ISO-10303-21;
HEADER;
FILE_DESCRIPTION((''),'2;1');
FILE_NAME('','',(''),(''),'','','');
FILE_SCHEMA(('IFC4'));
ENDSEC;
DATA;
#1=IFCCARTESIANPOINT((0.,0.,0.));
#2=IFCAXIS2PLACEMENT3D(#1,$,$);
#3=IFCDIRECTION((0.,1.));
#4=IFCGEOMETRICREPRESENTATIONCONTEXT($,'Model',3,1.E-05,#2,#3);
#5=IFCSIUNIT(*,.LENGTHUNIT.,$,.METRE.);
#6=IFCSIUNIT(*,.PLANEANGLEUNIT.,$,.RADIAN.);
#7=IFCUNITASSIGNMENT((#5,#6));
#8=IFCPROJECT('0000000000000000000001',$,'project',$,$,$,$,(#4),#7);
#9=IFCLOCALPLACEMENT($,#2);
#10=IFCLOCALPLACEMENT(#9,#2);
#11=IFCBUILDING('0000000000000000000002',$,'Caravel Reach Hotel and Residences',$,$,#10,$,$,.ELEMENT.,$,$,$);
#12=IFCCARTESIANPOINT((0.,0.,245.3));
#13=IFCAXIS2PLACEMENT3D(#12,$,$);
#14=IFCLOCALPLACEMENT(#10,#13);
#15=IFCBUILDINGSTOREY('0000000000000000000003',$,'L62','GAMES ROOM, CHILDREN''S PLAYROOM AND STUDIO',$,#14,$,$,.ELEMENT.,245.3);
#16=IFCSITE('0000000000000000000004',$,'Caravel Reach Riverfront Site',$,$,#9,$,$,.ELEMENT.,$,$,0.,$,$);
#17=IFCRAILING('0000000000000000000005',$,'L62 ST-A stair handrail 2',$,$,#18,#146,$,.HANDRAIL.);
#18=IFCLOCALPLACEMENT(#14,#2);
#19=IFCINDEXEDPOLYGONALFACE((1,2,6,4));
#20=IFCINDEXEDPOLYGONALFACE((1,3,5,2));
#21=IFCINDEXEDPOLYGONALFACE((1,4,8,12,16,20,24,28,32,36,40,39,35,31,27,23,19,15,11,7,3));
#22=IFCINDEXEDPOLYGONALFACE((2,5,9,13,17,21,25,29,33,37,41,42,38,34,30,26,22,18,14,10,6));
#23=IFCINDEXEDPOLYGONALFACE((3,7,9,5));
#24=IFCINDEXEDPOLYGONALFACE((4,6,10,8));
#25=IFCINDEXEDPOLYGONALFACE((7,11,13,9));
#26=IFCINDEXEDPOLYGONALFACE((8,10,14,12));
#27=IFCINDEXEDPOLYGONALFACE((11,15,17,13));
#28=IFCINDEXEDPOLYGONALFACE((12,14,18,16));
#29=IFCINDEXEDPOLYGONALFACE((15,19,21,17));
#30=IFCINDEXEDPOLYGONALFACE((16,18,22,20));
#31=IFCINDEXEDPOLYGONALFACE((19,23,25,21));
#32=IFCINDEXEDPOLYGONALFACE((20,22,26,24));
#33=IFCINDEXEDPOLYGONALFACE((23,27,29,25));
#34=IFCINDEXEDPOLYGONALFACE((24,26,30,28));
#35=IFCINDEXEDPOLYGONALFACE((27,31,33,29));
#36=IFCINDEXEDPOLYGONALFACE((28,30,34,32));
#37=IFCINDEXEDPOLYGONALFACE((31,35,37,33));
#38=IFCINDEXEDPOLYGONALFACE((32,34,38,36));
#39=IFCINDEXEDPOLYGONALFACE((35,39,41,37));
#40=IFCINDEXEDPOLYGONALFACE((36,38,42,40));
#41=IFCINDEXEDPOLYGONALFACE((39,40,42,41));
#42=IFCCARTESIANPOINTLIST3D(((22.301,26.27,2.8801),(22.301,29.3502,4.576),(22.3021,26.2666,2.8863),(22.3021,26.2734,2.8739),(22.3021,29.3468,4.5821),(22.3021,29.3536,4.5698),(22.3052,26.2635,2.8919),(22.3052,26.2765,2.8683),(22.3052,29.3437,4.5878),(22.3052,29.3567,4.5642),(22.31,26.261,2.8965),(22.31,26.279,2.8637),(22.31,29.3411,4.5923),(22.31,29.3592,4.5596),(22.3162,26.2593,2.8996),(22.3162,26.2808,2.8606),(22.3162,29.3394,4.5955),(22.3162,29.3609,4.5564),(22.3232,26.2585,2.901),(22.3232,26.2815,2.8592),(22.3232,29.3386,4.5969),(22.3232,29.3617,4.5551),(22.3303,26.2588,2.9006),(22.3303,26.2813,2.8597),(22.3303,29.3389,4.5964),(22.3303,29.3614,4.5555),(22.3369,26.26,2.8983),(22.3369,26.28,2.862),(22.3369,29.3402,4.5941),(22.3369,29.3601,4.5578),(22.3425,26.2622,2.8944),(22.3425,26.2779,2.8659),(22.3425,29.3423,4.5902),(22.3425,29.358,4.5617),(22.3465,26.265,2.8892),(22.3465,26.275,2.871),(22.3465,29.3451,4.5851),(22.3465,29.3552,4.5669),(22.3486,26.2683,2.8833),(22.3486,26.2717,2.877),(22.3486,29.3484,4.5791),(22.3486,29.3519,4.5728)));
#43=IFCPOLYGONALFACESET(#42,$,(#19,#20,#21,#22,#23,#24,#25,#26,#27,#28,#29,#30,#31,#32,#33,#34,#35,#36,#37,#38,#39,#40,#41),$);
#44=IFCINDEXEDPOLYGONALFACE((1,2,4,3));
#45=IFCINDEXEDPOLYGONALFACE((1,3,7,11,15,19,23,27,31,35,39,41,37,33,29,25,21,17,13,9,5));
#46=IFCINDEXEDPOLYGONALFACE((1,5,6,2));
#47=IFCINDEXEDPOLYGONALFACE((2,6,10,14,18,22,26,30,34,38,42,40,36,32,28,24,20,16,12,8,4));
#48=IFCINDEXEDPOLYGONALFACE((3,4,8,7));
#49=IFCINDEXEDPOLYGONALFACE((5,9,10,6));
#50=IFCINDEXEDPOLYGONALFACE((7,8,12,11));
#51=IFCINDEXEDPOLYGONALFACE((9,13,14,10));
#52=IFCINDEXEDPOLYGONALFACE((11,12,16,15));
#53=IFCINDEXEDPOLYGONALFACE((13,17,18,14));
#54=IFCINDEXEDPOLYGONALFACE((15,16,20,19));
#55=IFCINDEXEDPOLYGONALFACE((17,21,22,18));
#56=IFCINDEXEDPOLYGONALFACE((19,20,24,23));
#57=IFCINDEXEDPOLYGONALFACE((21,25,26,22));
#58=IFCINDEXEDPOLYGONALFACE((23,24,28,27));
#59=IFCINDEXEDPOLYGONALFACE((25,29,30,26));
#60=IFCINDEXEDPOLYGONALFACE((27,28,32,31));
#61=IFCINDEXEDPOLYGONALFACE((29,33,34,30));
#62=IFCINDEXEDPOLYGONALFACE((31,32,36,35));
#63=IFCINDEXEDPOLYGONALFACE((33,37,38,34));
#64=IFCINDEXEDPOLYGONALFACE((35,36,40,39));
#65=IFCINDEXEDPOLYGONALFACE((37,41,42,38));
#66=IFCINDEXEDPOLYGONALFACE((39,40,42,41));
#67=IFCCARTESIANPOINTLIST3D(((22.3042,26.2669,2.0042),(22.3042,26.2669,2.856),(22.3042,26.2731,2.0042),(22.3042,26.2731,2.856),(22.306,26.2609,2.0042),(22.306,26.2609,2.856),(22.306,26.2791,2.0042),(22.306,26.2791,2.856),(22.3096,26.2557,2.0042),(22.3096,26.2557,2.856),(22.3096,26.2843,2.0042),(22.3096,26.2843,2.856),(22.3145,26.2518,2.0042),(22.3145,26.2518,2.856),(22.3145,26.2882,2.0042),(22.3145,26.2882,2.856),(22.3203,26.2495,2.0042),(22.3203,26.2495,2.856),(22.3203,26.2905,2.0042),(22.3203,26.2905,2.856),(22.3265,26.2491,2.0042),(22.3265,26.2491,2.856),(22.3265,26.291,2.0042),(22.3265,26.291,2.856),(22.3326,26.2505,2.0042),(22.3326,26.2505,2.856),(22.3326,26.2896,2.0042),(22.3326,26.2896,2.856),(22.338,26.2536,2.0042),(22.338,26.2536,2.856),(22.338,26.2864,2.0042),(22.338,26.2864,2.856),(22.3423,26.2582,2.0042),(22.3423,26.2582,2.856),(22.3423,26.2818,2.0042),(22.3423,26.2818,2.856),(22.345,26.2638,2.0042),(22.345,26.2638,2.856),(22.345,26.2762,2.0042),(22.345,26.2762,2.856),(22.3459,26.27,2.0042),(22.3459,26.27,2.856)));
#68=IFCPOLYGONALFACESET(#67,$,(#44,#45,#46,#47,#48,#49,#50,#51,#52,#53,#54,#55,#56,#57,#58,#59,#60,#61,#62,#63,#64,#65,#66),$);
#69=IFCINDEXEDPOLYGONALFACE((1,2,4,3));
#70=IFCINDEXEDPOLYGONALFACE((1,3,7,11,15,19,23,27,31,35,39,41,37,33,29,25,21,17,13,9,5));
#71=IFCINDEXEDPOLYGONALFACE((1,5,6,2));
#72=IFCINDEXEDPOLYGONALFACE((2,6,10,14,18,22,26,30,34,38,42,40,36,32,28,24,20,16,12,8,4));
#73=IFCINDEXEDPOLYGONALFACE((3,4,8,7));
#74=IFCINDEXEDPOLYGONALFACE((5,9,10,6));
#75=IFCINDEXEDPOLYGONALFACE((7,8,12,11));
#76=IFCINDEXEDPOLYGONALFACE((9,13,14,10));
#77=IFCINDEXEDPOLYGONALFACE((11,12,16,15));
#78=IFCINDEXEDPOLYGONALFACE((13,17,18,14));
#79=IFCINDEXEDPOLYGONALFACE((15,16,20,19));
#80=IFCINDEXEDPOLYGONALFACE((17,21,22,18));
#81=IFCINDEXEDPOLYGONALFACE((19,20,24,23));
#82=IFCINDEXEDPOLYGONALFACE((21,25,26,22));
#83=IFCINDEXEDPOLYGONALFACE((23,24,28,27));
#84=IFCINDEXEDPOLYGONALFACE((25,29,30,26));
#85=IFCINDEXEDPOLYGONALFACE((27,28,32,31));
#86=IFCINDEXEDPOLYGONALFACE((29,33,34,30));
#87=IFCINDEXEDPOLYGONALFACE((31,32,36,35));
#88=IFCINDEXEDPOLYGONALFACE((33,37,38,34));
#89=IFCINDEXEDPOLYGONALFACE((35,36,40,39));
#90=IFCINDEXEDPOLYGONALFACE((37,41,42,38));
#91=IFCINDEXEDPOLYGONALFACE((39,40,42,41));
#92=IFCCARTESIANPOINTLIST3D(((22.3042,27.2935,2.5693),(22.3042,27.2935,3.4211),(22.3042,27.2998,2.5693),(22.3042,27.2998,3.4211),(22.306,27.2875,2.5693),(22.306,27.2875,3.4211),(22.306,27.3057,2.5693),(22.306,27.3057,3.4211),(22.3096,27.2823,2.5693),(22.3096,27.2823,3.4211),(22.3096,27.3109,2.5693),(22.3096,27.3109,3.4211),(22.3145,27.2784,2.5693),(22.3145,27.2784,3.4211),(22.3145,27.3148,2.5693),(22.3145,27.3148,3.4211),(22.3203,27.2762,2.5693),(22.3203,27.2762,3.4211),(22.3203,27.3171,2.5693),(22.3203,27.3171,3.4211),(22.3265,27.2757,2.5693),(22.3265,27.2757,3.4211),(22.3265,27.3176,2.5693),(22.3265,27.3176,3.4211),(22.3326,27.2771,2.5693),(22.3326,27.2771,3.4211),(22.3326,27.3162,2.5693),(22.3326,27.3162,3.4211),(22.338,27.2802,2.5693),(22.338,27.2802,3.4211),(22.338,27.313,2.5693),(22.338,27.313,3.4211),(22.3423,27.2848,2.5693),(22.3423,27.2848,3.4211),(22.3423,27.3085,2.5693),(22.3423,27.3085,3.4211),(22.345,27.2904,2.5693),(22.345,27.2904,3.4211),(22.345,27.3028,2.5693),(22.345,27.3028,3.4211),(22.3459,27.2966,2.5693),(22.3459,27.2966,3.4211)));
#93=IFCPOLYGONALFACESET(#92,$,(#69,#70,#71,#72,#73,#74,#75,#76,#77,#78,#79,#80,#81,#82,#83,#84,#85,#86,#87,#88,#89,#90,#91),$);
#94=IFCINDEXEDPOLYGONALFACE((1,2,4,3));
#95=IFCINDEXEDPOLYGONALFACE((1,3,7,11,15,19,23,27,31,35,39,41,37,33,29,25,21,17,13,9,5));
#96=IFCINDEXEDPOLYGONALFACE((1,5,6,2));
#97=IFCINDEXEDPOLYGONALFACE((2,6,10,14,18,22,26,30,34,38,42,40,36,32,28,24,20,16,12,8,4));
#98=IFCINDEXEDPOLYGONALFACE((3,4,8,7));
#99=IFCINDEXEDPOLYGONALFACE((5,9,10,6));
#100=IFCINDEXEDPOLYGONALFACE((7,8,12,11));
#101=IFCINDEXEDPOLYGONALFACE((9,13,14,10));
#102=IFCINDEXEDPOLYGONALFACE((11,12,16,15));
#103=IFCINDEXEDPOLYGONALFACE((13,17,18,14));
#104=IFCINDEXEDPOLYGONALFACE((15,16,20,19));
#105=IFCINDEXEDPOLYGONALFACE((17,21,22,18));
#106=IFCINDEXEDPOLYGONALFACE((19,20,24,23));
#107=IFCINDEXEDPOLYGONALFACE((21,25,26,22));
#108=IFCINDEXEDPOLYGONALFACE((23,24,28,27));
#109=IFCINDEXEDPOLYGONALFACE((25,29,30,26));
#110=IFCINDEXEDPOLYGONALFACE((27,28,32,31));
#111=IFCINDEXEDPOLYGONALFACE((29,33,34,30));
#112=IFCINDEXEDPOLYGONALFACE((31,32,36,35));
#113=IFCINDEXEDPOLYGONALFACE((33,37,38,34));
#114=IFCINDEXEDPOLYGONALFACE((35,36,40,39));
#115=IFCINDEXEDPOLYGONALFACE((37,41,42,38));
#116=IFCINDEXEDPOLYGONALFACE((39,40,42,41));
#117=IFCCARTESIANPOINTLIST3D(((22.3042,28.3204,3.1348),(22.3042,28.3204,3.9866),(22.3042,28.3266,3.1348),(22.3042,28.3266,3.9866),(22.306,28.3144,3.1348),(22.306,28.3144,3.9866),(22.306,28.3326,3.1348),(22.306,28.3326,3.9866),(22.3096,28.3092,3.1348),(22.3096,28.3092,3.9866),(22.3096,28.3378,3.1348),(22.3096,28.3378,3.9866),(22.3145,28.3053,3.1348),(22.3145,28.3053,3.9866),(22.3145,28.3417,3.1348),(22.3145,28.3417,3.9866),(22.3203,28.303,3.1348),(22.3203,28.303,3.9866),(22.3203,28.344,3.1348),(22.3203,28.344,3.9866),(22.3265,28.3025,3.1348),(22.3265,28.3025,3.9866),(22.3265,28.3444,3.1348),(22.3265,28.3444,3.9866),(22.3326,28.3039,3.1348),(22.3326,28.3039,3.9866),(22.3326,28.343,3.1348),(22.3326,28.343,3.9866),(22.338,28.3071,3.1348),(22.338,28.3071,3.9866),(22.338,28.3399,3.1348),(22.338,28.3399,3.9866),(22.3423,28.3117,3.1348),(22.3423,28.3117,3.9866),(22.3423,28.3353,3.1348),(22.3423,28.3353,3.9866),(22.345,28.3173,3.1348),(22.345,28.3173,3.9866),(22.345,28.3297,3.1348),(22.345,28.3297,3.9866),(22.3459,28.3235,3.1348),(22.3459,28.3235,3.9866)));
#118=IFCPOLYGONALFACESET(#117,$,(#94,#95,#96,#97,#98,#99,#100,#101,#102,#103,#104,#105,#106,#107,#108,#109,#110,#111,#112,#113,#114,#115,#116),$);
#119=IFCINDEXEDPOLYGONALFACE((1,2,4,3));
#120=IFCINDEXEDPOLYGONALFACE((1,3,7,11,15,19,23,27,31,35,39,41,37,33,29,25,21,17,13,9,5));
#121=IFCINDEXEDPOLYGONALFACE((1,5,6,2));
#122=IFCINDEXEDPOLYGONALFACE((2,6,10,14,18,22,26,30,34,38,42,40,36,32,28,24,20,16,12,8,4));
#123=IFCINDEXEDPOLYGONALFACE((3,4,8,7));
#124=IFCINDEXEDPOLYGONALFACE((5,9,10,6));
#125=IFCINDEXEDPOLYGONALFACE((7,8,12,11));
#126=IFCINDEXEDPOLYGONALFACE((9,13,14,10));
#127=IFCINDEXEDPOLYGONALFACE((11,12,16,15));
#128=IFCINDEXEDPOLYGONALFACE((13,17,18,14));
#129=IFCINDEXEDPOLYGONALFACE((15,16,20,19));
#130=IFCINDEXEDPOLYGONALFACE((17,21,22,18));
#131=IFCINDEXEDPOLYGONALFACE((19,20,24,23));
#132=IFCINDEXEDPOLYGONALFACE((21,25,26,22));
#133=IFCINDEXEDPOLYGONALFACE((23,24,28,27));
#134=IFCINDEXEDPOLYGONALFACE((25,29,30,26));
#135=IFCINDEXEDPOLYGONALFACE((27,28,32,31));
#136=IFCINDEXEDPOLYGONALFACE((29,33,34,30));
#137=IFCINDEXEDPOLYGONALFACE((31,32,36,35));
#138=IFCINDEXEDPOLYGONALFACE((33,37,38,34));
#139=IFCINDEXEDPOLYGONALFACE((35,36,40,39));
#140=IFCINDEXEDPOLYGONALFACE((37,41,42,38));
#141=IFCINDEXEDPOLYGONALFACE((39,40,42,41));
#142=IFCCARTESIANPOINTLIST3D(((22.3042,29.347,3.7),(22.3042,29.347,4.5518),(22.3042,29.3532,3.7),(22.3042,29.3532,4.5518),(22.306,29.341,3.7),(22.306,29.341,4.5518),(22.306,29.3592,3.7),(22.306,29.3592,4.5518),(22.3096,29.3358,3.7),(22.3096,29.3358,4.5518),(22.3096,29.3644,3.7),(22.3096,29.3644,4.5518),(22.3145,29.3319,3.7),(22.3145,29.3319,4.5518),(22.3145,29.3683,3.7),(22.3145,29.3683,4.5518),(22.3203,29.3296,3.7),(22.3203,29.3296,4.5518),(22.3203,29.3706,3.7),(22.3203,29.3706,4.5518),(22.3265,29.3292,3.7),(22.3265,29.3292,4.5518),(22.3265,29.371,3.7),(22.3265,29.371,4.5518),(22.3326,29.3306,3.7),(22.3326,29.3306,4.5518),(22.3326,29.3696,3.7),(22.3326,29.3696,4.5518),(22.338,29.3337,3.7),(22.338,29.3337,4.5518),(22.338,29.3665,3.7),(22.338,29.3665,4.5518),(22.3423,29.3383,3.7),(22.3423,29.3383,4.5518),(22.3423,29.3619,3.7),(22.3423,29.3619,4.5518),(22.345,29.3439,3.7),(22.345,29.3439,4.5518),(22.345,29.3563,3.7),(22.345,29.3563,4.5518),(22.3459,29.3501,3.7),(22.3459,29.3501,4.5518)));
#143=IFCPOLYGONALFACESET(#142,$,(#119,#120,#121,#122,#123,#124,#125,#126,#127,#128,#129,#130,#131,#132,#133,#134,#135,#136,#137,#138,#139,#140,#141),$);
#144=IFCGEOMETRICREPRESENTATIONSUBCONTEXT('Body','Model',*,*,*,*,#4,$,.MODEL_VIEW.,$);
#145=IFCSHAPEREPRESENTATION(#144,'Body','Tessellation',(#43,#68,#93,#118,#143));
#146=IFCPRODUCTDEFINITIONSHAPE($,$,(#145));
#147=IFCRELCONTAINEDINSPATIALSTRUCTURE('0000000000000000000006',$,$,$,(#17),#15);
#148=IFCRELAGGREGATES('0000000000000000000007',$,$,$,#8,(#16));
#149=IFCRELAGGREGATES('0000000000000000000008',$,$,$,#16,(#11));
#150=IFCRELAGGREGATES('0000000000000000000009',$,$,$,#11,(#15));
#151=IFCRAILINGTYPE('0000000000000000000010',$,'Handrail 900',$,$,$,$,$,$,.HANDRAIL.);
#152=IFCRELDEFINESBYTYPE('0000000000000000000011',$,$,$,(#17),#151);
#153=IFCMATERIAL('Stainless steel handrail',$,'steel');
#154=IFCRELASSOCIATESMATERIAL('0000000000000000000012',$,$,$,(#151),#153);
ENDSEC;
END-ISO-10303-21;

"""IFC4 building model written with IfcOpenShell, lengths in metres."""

from ifc_helpers import new_model, si_unit, direction, frame, origin, origin_2d, place, context, subcontext, project, spatial, circle, extrude, material, type_object, element, save


model = new_model("IFC4")

# Units and contexts
model_context = context("Model", 3, precision=1e-05, world=origin(), true_north=direction((0.0, 1.0)))
body_context = subcontext(model_context, "Body", "Model", "MODEL_VIEW")
ifc_project = project(units=[si_unit("LENGTHUNIT", "METRE"), si_unit("PLANEANGLEUNIT", "RADIAN")], contexts=[model_context])

# Site, building, storey
site_placement = place(None, origin())
site = spatial("IfcSite", under=ifc_project, at=site_placement, Name="Caravel Reach Riverfront Site", CompositionType="ELEMENT", RefElevation=0.0)
building_placement = place(site_placement, origin())
building = spatial("IfcBuilding", under=site, at=building_placement, Name="Caravel Reach Hotel and Residences", CompositionType="ELEMENT")
storey_placement = place(building_placement, frame((0.0, 0.0, 245.3)))
storey = spatial("IfcBuildingStorey", under=building, at=storey_placement, Name="L62", Description="GAMES ROOM, CHILDREN'S PLAYROOM AND STUDIO", CompositionType="ELEMENT", Elevation=245.3)

# Railing
ifc_material_1 = material(Name="Stainless steel handrail", Category="steel")
railing_type_1 = type_object("IfcRailingType", Name="Handrail 900", PredefinedType="HANDRAIL", material=ifc_material_1)
railing_1_placement = place(storey_placement, frame((22.325, 26.27, 2.0042)))
element("IfcRailing", 1, at=railing_1_placement, inside=storey, type_object=railing_type_1, Name="L62 ST-A stair handrail 2", PredefinedType="HANDRAIL", context=body_context, shape_type="SweptSolid", body=[
    extrude(circle(Radius=0.0239, at=origin_2d()), frame((0.0, 0.0, 0.876), z_axis=(0.0, 0.876005, 0.482303), x_axis=(-1.0, 0.0, 0.0)), (0.0, 0.0, 1.0), 3.5161),
    extrude(circle(Radius=0.021, at=origin_2d()), origin(), (0.0, 0.0, 1.0), 0.8518),
    extrude(circle(Radius=0.021, at=origin_2d()), frame((0.0, 1.0266, 0.5652)), (0.0, 0.0, 1.0), 0.8518),
    extrude(circle(Radius=0.021, at=origin_2d()), frame((0.0, 2.0535, 1.1306)), (0.0, 0.0, 1.0), 0.8518),
    extrude(circle(Radius=0.021, at=origin_2d()), frame((0.0, 3.0801, 1.6958)), (0.0, 0.0, 1.0), 0.8518),
])

save(model, "model.ifc")
